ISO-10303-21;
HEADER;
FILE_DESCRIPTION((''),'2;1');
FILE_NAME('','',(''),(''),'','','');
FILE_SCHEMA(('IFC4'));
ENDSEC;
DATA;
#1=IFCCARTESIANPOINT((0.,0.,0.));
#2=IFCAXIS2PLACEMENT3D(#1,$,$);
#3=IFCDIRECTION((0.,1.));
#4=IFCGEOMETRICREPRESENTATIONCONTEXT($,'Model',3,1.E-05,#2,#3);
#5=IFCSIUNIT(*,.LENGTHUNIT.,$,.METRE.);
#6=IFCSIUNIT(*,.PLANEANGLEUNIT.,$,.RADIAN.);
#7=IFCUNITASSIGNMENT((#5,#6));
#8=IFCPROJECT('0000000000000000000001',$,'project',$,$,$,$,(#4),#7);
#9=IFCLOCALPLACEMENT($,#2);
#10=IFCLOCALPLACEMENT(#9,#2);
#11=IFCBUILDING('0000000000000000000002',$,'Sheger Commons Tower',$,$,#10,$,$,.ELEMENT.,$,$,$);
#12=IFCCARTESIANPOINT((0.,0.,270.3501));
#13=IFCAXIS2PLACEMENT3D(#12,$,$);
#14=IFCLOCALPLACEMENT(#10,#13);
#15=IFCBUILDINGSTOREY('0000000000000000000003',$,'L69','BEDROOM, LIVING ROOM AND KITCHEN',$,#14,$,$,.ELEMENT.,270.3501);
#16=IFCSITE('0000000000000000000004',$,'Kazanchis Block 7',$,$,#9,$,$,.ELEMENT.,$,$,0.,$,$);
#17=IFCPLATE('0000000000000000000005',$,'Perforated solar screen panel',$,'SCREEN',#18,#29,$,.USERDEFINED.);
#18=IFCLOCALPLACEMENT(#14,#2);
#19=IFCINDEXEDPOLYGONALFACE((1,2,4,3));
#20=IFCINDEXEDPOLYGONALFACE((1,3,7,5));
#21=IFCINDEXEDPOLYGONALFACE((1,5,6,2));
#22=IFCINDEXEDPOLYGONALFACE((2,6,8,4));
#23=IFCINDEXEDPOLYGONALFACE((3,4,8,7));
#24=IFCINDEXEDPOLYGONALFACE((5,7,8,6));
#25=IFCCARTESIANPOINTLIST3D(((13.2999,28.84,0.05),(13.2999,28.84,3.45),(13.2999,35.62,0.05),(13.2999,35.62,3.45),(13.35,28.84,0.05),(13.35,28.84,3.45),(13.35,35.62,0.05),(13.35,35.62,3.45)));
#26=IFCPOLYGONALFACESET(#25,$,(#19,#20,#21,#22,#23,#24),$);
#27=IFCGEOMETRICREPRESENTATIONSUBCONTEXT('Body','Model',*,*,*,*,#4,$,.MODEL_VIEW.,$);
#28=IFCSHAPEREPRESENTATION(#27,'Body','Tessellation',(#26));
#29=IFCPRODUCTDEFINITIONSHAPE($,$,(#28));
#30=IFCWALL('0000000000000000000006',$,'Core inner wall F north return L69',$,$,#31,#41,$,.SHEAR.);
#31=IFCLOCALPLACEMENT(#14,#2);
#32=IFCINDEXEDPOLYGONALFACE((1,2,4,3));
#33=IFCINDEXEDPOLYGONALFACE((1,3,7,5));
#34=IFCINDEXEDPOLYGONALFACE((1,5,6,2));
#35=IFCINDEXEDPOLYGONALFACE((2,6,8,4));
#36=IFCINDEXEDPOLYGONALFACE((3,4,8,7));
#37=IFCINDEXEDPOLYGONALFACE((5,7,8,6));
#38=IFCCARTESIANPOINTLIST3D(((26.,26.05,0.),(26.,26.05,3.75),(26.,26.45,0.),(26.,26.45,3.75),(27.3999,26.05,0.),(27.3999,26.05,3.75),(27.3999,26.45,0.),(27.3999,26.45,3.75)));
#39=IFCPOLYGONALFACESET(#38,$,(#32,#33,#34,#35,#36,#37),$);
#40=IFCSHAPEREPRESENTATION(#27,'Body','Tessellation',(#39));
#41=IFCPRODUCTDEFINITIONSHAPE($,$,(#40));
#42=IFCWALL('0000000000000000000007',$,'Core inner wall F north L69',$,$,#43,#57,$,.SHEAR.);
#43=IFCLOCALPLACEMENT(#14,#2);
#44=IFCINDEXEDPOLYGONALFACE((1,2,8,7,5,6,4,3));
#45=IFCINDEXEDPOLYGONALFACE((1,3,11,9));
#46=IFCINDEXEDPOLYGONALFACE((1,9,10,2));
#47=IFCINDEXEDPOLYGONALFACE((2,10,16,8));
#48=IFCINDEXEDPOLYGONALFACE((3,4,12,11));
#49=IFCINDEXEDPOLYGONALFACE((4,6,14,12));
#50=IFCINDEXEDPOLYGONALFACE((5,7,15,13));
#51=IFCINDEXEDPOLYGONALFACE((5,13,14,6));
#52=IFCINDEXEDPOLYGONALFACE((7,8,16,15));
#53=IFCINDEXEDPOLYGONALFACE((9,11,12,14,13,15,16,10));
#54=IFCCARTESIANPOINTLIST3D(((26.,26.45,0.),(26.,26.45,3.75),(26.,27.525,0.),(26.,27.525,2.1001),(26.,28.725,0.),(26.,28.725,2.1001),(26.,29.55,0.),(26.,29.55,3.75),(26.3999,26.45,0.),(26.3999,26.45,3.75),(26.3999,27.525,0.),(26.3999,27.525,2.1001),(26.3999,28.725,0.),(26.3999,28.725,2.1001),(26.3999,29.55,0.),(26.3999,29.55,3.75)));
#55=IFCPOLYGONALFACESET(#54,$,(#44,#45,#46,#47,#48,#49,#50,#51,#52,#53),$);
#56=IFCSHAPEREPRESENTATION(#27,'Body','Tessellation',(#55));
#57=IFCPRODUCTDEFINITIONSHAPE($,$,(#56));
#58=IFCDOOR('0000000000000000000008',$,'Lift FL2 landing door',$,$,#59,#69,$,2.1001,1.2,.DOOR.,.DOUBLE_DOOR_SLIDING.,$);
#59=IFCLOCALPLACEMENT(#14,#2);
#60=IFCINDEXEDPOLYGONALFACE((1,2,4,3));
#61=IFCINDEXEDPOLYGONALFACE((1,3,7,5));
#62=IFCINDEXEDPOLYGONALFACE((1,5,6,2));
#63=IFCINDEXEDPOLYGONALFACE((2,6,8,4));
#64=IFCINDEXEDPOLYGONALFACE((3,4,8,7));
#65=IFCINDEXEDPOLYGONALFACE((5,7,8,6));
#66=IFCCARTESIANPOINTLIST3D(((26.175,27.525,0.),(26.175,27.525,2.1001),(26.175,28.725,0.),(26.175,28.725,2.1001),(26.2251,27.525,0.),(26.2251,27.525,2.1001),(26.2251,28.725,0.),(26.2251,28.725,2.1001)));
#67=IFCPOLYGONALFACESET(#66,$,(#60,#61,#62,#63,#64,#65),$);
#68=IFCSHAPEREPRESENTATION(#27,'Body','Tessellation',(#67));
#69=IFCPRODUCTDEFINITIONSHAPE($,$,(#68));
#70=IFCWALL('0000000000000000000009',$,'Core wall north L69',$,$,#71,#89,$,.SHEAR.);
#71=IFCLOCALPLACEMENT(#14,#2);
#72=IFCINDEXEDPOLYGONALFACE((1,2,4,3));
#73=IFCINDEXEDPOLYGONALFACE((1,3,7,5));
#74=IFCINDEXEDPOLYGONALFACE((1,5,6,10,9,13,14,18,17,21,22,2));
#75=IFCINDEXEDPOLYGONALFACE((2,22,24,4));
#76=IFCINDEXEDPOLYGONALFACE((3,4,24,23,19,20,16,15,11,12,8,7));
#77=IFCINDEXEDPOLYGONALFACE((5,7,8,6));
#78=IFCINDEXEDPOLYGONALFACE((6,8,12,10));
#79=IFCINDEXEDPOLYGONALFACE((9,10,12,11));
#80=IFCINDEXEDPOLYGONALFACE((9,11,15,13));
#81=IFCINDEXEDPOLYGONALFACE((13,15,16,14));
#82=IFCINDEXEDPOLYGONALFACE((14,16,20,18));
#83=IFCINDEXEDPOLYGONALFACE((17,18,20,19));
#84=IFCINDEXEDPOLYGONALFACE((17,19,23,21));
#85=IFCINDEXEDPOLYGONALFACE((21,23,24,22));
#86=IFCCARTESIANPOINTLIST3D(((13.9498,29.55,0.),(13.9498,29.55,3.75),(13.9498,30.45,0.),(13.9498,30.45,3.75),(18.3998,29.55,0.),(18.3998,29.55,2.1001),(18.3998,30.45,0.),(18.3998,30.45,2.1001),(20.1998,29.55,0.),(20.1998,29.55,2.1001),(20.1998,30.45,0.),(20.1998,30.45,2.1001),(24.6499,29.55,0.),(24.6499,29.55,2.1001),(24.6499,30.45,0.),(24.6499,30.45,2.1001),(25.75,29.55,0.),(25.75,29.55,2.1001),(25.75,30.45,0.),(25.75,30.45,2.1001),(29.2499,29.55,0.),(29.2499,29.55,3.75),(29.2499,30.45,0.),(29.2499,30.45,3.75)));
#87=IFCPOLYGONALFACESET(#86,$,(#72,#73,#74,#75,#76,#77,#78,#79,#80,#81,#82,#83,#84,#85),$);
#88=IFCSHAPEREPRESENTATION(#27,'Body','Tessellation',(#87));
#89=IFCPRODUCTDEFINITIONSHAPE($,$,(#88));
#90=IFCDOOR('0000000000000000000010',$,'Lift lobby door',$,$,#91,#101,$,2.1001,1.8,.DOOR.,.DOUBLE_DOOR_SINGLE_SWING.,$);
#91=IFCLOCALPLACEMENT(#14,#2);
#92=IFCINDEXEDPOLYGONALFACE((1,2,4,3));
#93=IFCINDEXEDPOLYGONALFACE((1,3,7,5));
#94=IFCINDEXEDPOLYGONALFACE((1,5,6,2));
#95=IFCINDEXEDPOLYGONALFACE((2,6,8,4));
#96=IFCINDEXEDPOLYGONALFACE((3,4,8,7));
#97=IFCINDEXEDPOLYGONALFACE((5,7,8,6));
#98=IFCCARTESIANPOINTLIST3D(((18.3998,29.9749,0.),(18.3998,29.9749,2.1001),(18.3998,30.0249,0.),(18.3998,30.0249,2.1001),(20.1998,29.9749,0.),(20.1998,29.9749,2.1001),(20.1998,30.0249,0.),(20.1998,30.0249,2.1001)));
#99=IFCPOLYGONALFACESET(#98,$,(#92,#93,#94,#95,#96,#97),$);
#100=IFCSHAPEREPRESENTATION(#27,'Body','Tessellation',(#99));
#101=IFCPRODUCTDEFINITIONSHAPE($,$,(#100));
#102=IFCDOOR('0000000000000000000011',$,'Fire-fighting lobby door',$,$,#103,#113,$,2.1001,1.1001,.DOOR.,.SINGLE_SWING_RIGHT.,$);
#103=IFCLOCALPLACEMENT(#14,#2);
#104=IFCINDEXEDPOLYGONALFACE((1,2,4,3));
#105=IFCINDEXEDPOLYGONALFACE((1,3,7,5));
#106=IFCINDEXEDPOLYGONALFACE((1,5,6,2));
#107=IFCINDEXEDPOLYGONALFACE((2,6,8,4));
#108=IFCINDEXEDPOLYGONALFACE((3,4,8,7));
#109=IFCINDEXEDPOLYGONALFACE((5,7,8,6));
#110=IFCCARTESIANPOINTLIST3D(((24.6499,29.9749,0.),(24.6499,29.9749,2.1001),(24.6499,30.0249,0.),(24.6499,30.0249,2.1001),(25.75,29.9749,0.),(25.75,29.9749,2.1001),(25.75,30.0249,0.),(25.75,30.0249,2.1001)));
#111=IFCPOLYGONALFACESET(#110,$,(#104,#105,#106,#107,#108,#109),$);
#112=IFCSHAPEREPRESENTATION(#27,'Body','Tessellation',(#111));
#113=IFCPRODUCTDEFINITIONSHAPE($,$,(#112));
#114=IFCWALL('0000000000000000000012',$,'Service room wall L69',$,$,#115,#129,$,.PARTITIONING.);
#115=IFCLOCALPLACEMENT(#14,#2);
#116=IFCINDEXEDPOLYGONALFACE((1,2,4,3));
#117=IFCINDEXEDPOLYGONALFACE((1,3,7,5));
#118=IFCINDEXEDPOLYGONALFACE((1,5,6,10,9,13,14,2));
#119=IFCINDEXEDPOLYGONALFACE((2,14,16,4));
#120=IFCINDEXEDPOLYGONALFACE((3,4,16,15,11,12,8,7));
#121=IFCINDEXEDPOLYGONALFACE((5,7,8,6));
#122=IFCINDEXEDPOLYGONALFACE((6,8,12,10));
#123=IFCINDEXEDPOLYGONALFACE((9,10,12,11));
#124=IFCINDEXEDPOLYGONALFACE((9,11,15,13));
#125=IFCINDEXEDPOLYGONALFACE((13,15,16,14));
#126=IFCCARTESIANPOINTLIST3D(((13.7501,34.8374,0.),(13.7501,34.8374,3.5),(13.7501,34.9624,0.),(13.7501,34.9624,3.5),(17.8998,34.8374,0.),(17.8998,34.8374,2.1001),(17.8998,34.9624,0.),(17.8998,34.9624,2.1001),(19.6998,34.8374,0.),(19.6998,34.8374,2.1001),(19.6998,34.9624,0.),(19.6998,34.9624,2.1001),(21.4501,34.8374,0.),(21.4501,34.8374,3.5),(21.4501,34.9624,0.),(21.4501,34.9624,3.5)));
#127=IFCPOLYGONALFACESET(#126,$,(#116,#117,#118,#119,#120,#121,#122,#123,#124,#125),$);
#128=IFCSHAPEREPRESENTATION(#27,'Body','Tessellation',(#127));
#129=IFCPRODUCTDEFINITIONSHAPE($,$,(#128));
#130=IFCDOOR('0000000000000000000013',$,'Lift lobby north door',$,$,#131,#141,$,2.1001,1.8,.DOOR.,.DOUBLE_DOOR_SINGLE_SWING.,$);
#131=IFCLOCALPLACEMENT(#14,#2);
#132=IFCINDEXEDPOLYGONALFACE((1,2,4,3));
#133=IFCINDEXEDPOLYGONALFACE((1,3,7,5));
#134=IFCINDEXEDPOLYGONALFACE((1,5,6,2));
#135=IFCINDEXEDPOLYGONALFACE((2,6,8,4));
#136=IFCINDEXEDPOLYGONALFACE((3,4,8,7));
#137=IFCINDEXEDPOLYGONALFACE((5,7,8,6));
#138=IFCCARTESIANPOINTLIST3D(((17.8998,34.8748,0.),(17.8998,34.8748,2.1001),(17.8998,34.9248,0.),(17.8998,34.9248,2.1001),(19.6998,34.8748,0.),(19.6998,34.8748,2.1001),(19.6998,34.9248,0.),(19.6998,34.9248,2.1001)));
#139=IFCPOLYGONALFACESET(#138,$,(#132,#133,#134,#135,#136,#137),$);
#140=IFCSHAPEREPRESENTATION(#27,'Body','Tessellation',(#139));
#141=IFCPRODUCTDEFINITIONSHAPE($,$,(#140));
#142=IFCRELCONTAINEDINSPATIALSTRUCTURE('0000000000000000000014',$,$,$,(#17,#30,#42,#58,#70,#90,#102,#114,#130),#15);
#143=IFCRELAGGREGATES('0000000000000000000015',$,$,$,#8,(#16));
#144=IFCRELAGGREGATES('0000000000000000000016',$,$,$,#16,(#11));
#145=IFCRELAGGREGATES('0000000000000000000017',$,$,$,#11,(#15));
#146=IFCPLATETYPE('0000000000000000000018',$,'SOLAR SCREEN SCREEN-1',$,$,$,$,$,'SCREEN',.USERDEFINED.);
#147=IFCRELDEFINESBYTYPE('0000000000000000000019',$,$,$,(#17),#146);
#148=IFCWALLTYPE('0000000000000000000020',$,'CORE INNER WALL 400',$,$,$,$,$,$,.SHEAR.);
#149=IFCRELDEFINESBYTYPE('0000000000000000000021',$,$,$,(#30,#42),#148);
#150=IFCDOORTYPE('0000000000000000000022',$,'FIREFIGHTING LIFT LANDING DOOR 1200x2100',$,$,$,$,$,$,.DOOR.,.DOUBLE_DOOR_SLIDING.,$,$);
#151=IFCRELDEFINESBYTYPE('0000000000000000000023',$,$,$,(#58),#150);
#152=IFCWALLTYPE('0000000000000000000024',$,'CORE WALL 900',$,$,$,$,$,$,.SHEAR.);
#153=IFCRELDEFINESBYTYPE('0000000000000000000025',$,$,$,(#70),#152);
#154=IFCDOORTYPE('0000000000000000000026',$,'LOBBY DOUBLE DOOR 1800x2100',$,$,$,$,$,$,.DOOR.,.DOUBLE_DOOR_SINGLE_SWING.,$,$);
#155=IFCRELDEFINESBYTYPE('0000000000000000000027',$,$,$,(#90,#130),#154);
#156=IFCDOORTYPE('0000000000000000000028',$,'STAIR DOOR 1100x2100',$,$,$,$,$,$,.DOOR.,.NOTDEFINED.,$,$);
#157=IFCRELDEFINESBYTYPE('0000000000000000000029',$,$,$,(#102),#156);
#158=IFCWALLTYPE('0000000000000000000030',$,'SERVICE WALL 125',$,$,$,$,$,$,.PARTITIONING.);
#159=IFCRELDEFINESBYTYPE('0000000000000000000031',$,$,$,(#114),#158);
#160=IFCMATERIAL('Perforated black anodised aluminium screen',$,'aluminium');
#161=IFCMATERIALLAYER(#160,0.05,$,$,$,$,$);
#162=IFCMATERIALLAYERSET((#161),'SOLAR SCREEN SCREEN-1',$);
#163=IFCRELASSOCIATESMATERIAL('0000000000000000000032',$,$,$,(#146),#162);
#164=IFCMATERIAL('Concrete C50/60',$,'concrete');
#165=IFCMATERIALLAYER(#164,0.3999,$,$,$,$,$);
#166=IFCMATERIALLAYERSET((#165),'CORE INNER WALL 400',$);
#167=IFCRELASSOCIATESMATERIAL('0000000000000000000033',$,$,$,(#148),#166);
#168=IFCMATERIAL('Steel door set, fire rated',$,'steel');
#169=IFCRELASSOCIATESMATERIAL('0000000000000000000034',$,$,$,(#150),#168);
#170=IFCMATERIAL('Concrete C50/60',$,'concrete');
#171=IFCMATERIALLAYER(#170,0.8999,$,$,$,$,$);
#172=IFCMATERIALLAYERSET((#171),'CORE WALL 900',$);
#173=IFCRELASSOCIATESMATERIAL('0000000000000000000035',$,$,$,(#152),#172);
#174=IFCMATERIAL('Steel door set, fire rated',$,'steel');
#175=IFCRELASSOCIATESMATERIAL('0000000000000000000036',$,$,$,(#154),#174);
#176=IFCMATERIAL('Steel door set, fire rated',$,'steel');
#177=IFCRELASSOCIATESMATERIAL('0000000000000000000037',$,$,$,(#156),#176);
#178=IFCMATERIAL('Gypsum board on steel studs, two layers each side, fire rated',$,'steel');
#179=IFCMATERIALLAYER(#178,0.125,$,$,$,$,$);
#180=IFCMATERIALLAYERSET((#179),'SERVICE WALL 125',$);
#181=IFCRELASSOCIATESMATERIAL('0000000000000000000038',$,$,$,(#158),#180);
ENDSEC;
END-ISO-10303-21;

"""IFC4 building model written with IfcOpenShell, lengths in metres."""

from ifc_helpers import new_model, si_unit, direction, frame, frame_2d, origin, origin_2d, place, context, subcontext, project, spatial, rectangle, extrude, material, layer, layer_set, type_object, element, fill, save


model = new_model("IFC4")

# Units and contexts
model_context = context("Model", 3, precision=1e-05, world=origin(), true_north=direction((0.0, 1.0)))
body_context = subcontext(model_context, "Body", "Model", "MODEL_VIEW")
ifc_project = project(units=[si_unit("LENGTHUNIT", "METRE"), si_unit("PLANEANGLEUNIT", "RADIAN")], contexts=[model_context])

# Site, building, storey
site_placement = place(None, origin())
site = spatial("IfcSite", under=ifc_project, at=site_placement, Name="Kazanchis Block 7", CompositionType="ELEMENT", RefElevation=0.0)
building_placement = place(site_placement, origin())
building = spatial("IfcBuilding", under=site, at=building_placement, Name="Sheger Commons Tower", CompositionType="ELEMENT")
storey_placement = place(building_placement, frame((0.0, 0.0, 270.3501)))
storey = spatial("IfcBuildingStorey", under=building, at=storey_placement, Name="L69", Description="BEDROOM, LIVING ROOM AND KITCHEN", CompositionType="ELEMENT", Elevation=270.3501)

# Plate
ifc_material_1 = material(Name="Perforated black anodised aluminium screen", Category="aluminium")
ifc_layer_1 = layer(ifc_material_1, 0.05)
ifc_layer_set_1 = layer_set([ifc_layer_1], Name="SOLAR SCREEN SCREEN-1")
plate_type = type_object("IfcPlateType", Name="SOLAR SCREEN SCREEN-1", ElementType="SCREEN", PredefinedType="USERDEFINED", material=ifc_layer_set_1)
plate_placement = place(storey_placement, frame((13.325, 32.23, 0.05), z_axis=(0.0, 0.0, 1.0), x_axis=(0.0, -1.0, 0.0)))
element("IfcPlate", 1, at=plate_placement, inside=storey, type_object=plate_type, Name="Perforated solar screen panel", ObjectType="SCREEN", PredefinedType="USERDEFINED", context=body_context, shape_type="SweptSolid", body=[
    extrude(rectangle(XDim=6.78, YDim=0.05, at=origin_2d()), origin(), (0.0, 0.0, 1.0), 3.3999),
])

# Wall
ifc_material_2 = material(Name="Concrete C50/60", Category="concrete")
ifc_layer_2 = layer(ifc_material_2, 0.3999)
ifc_layer_set_2 = layer_set([ifc_layer_2], Name="CORE INNER WALL 400")
wall_type_1 = type_object("IfcWallType", Name="CORE INNER WALL 400", PredefinedType="SHEAR", material=ifc_layer_set_2)
wall_1_placement = place(storey_placement, frame((26.0, 26.25, 0.0), z_axis=(0.0, 0.0, 1.0), x_axis=(1.0, 0.0, 0.0)))
element("IfcWall", 2, at=wall_1_placement, inside=storey, type_object=wall_type_1, Name="Core inner wall F north return L69", PredefinedType="SHEAR", context=body_context, shape_type="SweptSolid", body=[
    extrude(rectangle(XDim=1.3999, YDim=0.3999, at=frame_2d((0.7, 0.0))), origin(), (0.0, 0.0, 1.0), 3.75),
])

# Wall, opening, door
wall_2_placement = place(storey_placement, frame((26.2, 26.45, 0.0), z_axis=(0.0, 0.0, 1.0), x_axis=(0.0, 1.0, 0.0)))
wall_2 = element("IfcWall", 3, at=wall_2_placement, inside=storey, type_object=wall_type_1, Name="Core inner wall F north L69", PredefinedType="SHEAR", context=body_context, shape_type="SweptSolid", body=[
    extrude(rectangle(XDim=3.1001, YDim=0.3999, at=frame_2d((1.55, 0.0))), origin(), (0.0, 0.0, 1.0), 3.75),
])
opening_1_placement = place(wall_2_placement, frame((1.075, 0.0, 0.0)))
opening_1 = element("IfcOpeningElement", 4, at=opening_1_placement, cuts=wall_2, PredefinedType="OPENING", context=body_context, shape_type="SweptSolid", body=[
    extrude(rectangle(XDim=1.2, YDim=2.1001, at=frame_2d((0.6001, 1.05))), frame((0.0, 0.21, 0.0), z_axis=(0.0, -1.0, 0.0), x_axis=(1.0, 0.0, 0.0)), (0.0, 0.0, 1.0), 0.4199),
])
ifc_material_3 = material(Name="Steel door set, fire rated", Category="steel")
door_type_1 = type_object("IfcDoorType", Name="FIREFIGHTING LIFT LANDING DOOR 1200x2100", OperationType="DOUBLE_DOOR_SLIDING", PredefinedType="DOOR", material=ifc_material_3)
door_1_placement = place(opening_1_placement, origin())
door_1 = element("IfcDoor", 5, at=door_1_placement, inside=storey, type_object=door_type_1, Name="Lift FL2 landing door", OperationType="DOUBLE_DOOR_SLIDING", OverallHeight=2.1001, OverallWidth=1.2, PredefinedType="DOOR", context=body_context, shape_type="SweptSolid", body=[
    extrude(rectangle(XDim=1.2, YDim=2.1001, at=frame_2d((0.6001, 1.05))), frame((0.0, 0.0249, 0.0), z_axis=(0.0, -1.0, 0.0), x_axis=(1.0, 0.0, 0.0)), (0.0, 0.0, 1.0), 0.05),
])
fill(opening_1, door_1)

# Wall, openings, doors
ifc_material_4 = material(Name="Concrete C50/60", Category="concrete")
ifc_layer_3 = layer(ifc_material_4, 0.8999)
ifc_layer_set_3 = layer_set([ifc_layer_3], Name="CORE WALL 900")
wall_type_2 = type_object("IfcWallType", Name="CORE WALL 900", PredefinedType="SHEAR", material=ifc_layer_set_3)
wall_3_placement = place(storey_placement, frame((13.95, 30.0, 0.0), z_axis=(0.0, 0.0, 1.0), x_axis=(1.0, 0.0, 0.0)))
wall_3 = element("IfcWall", 6, at=wall_3_placement, inside=storey, type_object=wall_type_2, Name="Core wall north L69", PredefinedType="SHEAR", context=body_context, shape_type="SweptSolid", body=[
    extrude(rectangle(XDim=15.3, YDim=0.8999, at=frame_2d((7.6499, 0.0))), origin(), (0.0, 0.0, 1.0), 3.75),
])
opening_2_placement = place(wall_3_placement, frame((4.45, 0.0, 0.0)))
opening_2 = element("IfcOpeningElement", 7, at=opening_2_placement, cuts=wall_3, PredefinedType="OPENING", context=body_context, shape_type="SweptSolid", body=[
    extrude(rectangle(XDim=1.8, YDim=2.1001, at=frame_2d((0.8999, 1.05))), frame((0.0, 0.46, 0.0), z_axis=(0.0, -1.0, 0.0), x_axis=(1.0, 0.0, 0.0)), (0.0, 0.0, 1.0), 0.9199),
])
opening_3_placement = place(wall_3_placement, frame((10.7, 0.0, 0.0)))
opening_3 = element("IfcOpeningElement", 8, at=opening_3_placement, cuts=wall_3, PredefinedType="OPENING", context=body_context, shape_type="SweptSolid", body=[
    extrude(rectangle(XDim=1.1001, YDim=2.1001, at=frame_2d((0.55, 1.05))), frame((0.0, 0.46, 0.0), z_axis=(0.0, -1.0, 0.0), x_axis=(1.0, 0.0, 0.0)), (0.0, 0.0, 1.0), 0.9199),
])
ifc_material_5 = material(Name="Steel door set, fire rated", Category="steel")
door_type_2 = type_object("IfcDoorType", Name="LOBBY DOUBLE DOOR 1800x2100", OperationType="DOUBLE_DOOR_SINGLE_SWING", PredefinedType="DOOR", material=ifc_material_5)
door_2_placement = place(opening_2_placement, origin())
door_2 = element("IfcDoor", 9, at=door_2_placement, inside=storey, type_object=door_type_2, Name="Lift lobby door", OperationType="DOUBLE_DOOR_SINGLE_SWING", OverallHeight=2.1001, OverallWidth=1.8, PredefinedType="DOOR", context=body_context, shape_type="SweptSolid", body=[
    extrude(rectangle(XDim=1.8, YDim=2.1001, at=frame_2d((0.8999, 1.05))), frame((0.0, 0.0249, 0.0), z_axis=(0.0, -1.0, 0.0), x_axis=(1.0, 0.0, 0.0)), (0.0, 0.0, 1.0), 0.05),
])
fill(opening_2, door_2)
ifc_material_6 = material(Name="Steel door set, fire rated", Category="steel")
door_type_3 = type_object("IfcDoorType", Name="STAIR DOOR 1100x2100", OperationType="NOTDEFINED", PredefinedType="DOOR", material=ifc_material_6)
door_3_placement = place(opening_3_placement, origin())
door_3 = element("IfcDoor", 10, at=door_3_placement, inside=storey, type_object=door_type_3, Name="Fire-fighting lobby door", OperationType="SINGLE_SWING_RIGHT", OverallHeight=2.1001, OverallWidth=1.1001, PredefinedType="DOOR", context=body_context, shape_type="SweptSolid", body=[
    extrude(rectangle(XDim=1.1001, YDim=2.1001, at=frame_2d((0.55, 1.05))), frame((0.0, 0.0249, 0.0), z_axis=(0.0, -1.0, 0.0), x_axis=(1.0, 0.0, 0.0)), (0.0, 0.0, 1.0), 0.05),
])
fill(opening_3, door_3)

# Wall, opening, door
ifc_material_7 = material(Name="Gypsum board on steel studs, two layers each side, fire rated", Category="steel")
ifc_layer_4 = layer(ifc_material_7, 0.125)
ifc_layer_set_4 = layer_set([ifc_layer_4], Name="SERVICE WALL 125")
wall_type_3 = type_object("IfcWallType", Name="SERVICE WALL 125", PredefinedType="PARTITIONING", material=ifc_layer_set_4)
wall_4_placement = place(storey_placement, frame((13.75, 34.8999, 0.0), z_axis=(0.0, 0.0, 1.0), x_axis=(1.0, 0.0, 0.0)))
wall_4 = element("IfcWall", 11, at=wall_4_placement, inside=storey, type_object=wall_type_3, Name="Service room wall L69", PredefinedType="PARTITIONING", context=body_context, shape_type="SweptSolid", body=[
    extrude(rectangle(XDim=7.7, YDim=0.125, at=frame_2d((3.8501, 0.0))), origin(), (0.0, 0.0, 1.0), 3.5),
])
opening_4_placement = place(wall_4_placement, frame((4.1499, 0.0, 0.0)))
opening_4 = element("IfcOpeningElement", 12, at=opening_4_placement, cuts=wall_4, PredefinedType="OPENING", context=body_context, shape_type="SweptSolid", body=[
    extrude(rectangle(XDim=1.8, YDim=2.1001, at=frame_2d((0.8999, 1.05))), frame((0.0, 0.0725, 0.0), z_axis=(0.0, -1.0, 0.0), x_axis=(1.0, 0.0, 0.0)), (0.0, 0.0, 1.0), 0.145),
])
door_4_placement = place(opening_4_placement, origin())
door_4 = element("IfcDoor", 13, at=door_4_placement, inside=storey, type_object=door_type_2, Name="Lift lobby north door", OperationType="DOUBLE_DOOR_SINGLE_SWING", OverallHeight=2.1001, OverallWidth=1.8, PredefinedType="DOOR", context=body_context, shape_type="SweptSolid", body=[
    extrude(rectangle(XDim=1.8, YDim=2.1001, at=frame_2d((0.8999, 1.05))), frame((0.0, 0.0249, 0.0), z_axis=(0.0, -1.0, 0.0), x_axis=(1.0, 0.0, 0.0)), (0.0, 0.0, 1.0), 0.05),
])
fill(opening_4, door_4)

save(model, "model.ifc")
